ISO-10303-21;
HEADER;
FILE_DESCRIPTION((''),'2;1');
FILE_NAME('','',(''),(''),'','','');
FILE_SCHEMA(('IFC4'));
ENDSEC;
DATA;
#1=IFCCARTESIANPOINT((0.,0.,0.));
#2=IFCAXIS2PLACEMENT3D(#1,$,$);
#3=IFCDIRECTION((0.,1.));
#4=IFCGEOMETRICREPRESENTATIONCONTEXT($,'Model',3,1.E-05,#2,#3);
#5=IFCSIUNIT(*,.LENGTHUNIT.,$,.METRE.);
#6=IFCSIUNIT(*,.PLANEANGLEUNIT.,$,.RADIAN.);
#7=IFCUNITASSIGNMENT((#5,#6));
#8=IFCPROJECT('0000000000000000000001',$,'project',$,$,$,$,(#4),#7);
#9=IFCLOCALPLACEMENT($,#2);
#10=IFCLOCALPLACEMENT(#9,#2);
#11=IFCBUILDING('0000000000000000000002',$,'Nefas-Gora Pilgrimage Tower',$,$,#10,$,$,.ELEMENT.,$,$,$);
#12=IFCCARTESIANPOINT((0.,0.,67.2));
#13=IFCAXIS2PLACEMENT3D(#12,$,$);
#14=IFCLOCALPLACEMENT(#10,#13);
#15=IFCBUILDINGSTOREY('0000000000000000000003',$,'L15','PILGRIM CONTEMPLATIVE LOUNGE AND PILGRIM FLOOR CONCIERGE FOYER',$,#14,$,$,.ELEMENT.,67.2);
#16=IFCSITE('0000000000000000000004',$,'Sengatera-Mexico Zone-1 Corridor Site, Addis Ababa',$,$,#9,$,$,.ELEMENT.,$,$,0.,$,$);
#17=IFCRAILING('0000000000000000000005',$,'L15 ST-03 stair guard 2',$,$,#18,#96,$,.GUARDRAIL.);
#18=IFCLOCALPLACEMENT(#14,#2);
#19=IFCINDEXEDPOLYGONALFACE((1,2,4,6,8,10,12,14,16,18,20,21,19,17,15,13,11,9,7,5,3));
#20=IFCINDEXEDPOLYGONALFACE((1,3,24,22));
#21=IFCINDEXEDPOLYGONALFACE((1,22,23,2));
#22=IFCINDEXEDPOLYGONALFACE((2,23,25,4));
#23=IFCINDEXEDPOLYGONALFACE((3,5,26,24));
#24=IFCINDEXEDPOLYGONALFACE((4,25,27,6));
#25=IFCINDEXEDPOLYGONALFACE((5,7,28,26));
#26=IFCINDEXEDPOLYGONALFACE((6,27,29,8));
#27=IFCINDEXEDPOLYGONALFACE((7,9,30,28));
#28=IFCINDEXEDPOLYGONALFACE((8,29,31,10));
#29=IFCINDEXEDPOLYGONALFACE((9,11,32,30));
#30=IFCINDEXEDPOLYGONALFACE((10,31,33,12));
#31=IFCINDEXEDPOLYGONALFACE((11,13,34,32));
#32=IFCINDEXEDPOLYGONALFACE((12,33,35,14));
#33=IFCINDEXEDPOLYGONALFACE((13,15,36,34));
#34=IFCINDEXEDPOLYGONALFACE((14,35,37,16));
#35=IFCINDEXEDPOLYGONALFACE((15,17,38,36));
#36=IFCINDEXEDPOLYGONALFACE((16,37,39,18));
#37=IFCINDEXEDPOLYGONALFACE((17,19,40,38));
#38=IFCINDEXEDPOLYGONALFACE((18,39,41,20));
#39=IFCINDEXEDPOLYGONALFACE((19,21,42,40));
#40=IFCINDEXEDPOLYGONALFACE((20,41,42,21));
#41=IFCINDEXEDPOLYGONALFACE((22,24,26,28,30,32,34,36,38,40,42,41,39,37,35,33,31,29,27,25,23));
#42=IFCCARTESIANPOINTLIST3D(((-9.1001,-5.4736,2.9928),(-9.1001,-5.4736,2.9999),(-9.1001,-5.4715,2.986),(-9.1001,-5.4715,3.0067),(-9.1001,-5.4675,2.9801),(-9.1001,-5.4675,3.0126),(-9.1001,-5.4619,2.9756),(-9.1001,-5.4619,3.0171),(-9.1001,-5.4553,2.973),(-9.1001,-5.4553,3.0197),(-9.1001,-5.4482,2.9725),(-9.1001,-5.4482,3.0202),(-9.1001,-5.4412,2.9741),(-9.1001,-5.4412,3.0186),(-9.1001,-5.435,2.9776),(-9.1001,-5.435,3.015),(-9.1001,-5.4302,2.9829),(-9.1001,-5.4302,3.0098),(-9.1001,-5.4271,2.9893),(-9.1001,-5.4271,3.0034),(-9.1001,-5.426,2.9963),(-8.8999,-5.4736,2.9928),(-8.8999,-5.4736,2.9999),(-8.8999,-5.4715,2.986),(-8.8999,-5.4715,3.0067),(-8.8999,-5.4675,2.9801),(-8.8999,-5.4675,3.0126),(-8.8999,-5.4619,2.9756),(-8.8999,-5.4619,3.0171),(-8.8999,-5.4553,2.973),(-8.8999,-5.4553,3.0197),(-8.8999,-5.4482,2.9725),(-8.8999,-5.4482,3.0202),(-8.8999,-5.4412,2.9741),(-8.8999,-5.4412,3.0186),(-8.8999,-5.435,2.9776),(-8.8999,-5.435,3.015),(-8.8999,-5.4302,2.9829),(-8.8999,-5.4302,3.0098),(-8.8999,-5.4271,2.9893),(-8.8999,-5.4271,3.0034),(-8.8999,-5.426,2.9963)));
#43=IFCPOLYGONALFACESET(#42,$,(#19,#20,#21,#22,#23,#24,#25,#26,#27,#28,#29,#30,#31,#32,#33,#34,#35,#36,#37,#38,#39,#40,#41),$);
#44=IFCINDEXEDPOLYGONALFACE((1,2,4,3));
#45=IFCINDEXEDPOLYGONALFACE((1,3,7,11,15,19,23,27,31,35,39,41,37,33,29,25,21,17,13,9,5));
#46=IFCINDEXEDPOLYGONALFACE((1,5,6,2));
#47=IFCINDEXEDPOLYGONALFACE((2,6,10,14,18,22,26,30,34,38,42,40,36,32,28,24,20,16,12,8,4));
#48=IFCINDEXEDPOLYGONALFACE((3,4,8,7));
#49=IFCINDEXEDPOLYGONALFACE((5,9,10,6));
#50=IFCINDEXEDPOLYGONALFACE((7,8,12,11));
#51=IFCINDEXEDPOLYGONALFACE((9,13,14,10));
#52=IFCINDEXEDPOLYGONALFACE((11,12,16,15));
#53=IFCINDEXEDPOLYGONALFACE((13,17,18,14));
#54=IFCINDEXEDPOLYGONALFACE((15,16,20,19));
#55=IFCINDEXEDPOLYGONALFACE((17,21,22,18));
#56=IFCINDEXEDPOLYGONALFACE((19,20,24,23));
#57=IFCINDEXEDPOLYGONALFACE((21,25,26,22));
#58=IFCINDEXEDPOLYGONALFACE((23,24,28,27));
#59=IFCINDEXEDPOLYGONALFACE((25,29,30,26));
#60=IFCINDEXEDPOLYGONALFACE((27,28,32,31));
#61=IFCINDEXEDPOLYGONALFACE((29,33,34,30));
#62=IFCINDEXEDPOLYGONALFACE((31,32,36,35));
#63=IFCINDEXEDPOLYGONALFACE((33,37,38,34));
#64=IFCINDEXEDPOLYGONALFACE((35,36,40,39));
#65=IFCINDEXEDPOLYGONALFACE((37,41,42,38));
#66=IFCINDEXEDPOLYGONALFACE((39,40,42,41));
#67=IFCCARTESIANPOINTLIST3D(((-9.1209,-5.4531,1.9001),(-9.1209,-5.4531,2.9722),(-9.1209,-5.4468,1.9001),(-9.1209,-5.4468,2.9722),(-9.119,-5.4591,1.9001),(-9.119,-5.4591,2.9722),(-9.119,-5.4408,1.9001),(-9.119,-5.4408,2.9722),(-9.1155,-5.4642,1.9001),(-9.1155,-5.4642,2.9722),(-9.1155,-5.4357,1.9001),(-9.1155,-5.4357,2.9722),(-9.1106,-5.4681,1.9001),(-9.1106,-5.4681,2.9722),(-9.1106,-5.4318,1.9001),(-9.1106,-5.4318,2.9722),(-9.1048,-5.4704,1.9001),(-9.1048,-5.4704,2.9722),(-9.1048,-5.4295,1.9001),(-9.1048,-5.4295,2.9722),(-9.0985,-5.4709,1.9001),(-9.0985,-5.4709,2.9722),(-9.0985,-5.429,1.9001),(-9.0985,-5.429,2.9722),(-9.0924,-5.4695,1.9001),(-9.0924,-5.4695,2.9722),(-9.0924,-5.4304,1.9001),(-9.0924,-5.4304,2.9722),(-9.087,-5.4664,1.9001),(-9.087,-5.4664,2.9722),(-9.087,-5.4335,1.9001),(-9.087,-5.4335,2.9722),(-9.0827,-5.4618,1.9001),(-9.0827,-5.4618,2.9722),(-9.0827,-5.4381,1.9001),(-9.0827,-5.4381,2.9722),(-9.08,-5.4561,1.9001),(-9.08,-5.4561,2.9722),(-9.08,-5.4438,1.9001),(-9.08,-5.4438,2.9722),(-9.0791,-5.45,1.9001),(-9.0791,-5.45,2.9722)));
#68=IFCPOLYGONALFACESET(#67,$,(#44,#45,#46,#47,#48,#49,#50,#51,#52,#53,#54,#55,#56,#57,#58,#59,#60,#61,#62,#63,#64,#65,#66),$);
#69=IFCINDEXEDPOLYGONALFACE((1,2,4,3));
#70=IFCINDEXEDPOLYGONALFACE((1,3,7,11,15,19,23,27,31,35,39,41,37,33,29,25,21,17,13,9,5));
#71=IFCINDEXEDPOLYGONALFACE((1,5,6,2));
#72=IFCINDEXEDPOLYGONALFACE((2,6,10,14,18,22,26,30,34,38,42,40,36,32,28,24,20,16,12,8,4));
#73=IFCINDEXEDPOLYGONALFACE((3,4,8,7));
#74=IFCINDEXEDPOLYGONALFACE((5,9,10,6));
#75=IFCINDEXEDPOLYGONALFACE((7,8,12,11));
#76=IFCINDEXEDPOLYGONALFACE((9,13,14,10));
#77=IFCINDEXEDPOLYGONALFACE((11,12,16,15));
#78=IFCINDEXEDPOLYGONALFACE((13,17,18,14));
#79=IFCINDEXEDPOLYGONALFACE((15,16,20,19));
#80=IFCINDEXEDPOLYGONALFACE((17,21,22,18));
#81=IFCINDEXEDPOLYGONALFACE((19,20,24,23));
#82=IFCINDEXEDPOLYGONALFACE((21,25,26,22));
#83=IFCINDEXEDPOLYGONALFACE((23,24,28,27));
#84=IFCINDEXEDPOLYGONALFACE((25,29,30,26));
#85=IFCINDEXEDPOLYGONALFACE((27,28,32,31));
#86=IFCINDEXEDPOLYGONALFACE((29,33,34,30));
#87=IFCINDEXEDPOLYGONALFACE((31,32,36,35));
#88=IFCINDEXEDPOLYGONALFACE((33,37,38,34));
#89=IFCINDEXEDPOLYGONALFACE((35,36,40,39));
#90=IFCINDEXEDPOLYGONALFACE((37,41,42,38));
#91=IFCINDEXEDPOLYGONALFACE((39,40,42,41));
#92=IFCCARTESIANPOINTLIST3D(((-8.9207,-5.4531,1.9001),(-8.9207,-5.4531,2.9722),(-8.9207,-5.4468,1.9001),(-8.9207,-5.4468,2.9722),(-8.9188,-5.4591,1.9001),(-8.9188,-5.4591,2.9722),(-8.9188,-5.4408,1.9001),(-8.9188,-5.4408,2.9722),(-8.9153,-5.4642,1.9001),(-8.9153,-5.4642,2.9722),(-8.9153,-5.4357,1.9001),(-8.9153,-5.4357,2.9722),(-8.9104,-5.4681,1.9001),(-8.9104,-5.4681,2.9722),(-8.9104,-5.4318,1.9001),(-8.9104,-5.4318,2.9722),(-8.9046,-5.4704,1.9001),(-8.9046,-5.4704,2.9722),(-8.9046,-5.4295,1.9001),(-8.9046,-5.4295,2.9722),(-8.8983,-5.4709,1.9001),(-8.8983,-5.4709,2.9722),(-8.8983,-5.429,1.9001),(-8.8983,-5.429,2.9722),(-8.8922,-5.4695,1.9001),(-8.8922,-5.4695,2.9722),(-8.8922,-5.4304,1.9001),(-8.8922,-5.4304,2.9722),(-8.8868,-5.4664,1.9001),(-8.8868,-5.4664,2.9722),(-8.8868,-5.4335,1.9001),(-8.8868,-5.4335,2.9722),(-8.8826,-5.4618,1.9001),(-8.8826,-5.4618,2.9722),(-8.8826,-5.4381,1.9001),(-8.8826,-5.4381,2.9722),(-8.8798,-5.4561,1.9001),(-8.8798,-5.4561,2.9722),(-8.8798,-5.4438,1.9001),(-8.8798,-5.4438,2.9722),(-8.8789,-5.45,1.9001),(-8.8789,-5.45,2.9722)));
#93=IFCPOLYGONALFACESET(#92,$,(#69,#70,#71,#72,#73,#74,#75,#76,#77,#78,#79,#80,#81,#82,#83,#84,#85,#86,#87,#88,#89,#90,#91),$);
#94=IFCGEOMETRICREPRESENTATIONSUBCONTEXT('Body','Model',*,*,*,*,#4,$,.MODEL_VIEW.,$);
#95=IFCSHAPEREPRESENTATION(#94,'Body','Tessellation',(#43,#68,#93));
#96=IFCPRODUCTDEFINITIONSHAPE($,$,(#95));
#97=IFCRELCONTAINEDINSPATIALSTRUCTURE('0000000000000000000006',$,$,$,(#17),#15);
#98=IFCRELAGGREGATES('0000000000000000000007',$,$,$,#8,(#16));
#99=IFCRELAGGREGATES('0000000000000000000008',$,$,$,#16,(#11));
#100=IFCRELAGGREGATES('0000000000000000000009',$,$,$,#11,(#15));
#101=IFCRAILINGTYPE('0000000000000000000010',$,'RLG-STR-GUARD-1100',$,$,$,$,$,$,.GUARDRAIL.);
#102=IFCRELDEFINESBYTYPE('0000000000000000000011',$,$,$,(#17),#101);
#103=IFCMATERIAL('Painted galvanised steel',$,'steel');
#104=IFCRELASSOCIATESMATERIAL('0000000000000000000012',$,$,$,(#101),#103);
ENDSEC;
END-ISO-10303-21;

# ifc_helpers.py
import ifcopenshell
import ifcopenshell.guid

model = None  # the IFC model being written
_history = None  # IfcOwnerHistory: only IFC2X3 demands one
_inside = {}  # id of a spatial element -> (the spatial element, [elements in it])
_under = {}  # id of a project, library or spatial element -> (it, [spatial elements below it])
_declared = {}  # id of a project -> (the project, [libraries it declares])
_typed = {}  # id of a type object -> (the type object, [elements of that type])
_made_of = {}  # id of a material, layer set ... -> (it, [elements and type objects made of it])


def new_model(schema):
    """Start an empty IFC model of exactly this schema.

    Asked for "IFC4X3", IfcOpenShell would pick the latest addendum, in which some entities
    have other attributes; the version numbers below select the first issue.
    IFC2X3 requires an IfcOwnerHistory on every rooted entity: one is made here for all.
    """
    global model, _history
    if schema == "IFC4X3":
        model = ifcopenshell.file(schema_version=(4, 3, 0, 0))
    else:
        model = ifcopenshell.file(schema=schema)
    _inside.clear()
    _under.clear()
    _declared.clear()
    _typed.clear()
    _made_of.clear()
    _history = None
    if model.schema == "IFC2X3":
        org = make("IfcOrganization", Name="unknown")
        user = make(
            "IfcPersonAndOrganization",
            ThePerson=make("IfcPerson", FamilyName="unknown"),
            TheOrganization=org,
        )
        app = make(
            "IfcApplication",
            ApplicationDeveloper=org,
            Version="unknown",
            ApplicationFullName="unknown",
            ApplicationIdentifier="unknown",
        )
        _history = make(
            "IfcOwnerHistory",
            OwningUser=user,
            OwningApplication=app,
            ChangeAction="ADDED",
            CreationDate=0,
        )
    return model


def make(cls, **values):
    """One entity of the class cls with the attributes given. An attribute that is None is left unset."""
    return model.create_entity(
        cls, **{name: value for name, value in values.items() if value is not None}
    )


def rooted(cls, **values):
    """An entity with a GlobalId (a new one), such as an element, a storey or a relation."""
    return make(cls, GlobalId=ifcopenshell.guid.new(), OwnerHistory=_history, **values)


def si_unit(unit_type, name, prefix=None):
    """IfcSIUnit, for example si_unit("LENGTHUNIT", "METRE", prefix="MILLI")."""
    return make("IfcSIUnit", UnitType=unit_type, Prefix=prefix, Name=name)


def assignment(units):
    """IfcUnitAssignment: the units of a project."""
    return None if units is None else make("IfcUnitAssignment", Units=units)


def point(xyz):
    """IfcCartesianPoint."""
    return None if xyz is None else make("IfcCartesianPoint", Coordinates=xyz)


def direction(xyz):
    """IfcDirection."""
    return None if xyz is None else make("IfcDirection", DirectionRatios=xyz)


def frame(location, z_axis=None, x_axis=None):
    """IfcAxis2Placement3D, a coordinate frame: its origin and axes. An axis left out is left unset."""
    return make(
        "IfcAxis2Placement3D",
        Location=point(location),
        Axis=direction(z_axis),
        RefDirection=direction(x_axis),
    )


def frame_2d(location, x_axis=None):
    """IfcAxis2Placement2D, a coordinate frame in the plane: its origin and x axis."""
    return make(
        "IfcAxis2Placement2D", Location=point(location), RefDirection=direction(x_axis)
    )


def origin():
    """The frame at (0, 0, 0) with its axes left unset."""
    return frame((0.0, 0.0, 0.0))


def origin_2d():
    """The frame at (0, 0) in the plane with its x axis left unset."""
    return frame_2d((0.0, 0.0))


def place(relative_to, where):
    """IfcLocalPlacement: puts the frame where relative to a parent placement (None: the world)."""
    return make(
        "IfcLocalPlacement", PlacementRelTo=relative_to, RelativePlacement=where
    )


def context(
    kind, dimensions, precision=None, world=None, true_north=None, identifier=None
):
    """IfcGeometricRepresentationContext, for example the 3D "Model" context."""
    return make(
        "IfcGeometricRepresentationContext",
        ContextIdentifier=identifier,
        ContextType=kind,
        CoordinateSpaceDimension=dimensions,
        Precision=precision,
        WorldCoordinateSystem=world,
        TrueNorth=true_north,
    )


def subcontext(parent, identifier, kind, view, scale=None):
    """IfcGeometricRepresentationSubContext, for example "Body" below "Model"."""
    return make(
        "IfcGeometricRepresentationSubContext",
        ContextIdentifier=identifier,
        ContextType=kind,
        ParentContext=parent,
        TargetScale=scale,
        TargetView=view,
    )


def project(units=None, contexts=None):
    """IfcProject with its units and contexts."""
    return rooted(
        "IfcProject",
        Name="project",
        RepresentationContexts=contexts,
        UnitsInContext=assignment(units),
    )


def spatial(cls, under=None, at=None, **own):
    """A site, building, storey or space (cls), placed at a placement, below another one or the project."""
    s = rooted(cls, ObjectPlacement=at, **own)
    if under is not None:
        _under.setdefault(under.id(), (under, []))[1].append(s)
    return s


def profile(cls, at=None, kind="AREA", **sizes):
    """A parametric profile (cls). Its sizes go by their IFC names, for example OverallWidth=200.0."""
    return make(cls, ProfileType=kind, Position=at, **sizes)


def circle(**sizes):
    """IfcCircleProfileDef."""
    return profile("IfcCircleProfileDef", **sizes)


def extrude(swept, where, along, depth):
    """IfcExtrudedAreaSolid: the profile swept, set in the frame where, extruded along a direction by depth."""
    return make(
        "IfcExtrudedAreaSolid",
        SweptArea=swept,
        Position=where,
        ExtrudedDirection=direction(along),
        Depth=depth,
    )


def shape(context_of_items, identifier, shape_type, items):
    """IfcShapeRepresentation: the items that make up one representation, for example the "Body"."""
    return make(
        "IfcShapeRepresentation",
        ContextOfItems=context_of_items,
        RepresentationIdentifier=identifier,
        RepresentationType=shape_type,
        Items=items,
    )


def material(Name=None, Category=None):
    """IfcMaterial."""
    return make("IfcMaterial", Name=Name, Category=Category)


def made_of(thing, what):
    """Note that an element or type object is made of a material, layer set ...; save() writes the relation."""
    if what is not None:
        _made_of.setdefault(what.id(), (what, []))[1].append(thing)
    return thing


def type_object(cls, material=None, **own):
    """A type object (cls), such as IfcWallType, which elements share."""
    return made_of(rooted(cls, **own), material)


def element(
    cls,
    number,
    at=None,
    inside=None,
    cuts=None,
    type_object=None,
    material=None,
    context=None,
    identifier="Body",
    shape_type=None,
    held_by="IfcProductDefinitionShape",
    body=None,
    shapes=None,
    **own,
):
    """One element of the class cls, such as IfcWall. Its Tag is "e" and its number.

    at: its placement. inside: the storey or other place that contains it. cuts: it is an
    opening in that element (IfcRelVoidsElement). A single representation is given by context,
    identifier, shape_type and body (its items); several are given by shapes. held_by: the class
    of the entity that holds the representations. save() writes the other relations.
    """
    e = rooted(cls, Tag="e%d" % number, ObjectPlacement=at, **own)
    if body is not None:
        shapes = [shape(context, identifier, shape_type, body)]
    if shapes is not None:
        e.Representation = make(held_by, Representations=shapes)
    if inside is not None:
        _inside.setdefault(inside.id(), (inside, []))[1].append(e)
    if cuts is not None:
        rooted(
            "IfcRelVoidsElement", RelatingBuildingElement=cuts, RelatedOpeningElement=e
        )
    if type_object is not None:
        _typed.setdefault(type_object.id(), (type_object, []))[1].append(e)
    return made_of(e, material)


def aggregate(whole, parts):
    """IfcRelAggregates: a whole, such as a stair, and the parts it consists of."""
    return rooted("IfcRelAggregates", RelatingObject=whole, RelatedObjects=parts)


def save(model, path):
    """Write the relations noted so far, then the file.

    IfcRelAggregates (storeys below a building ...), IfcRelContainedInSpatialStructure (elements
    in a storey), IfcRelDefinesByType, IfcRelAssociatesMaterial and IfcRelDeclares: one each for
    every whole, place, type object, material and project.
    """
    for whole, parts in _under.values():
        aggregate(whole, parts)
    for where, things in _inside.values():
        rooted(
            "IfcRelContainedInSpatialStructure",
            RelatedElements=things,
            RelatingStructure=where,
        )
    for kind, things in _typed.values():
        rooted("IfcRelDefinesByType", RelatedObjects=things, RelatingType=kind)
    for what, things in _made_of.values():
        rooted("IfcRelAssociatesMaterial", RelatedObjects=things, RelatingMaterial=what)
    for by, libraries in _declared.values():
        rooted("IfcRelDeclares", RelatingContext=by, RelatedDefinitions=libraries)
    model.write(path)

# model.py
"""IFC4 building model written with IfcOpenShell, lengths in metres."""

from ifc_helpers import new_model, si_unit, direction, frame, origin, origin_2d, place, context, subcontext, project, spatial, circle, extrude, material, type_object, element, save


model = new_model("IFC4")

# Units and contexts
model_context = context("Model", 3, precision=1e-05, world=origin(), true_north=direction((0.0, 1.0)))
body_context = subcontext(model_context, "Body", "Model", "MODEL_VIEW")
ifc_project = project(units=[si_unit("LENGTHUNIT", "METRE"), si_unit("PLANEANGLEUNIT", "RADIAN")], contexts=[model_context])

# Site, building, storey
site_placement = place(None, origin())
site = spatial("IfcSite", under=ifc_project, at=site_placement, Name="Sengatera-Mexico Zone-1 Corridor Site, Addis Ababa", CompositionType="ELEMENT", RefElevation=0.0)
building_placement = place(site_placement, origin())
building = spatial("IfcBuilding", under=site, at=building_placement, Name="Nefas-Gora Pilgrimage Tower", CompositionType="ELEMENT")
storey_placement = place(building_placement, frame((0.0, 0.0, 67.2)))
storey = spatial("IfcBuildingStorey", under=building, at=storey_placement, Name="L15", Description="PILGRIM CONTEMPLATIVE LOUNGE AND PILGRIM FLOOR CONCIERGE FOYER", CompositionType="ELEMENT", Elevation=67.2)

# Railing
ifc_material_1 = material(Name="Painted galvanised steel", Category="steel")
railing_type_1 = type_object("IfcRailingType", Name="RLG-STR-GUARD-1100", PredefinedType="GUARDRAIL", material=ifc_material_1)
railing_1_placement = place(storey_placement, frame((-9.1001, -5.45, 1.9001)))
element("IfcRailing", 1, at=railing_1_placement, inside=storey, type_object=railing_type_1, Name="L15 ST-03 stair guard 2", PredefinedType="GUARDRAIL", context=body_context, shape_type="SweptSolid", body=[
    extrude(circle(Radius=0.0239, at=origin_2d()), frame((0.0, 0.0, 1.0962), z_axis=(1.0, 0.0, 0.0), x_axis=(0.0, 1.0, 0.0)), (0.0, 0.0, 1.0), 0.2002),
    extrude(circle(Radius=0.021, at=origin_2d()), origin(), (0.0, 0.0, 1.0), 1.072),
    extrude(circle(Radius=0.021, at=origin_2d()), frame((0.2002, 0.0, 0.0)), (0.0, 0.0, 1.0), 1.072),
])

save(model, "model.ifc")
